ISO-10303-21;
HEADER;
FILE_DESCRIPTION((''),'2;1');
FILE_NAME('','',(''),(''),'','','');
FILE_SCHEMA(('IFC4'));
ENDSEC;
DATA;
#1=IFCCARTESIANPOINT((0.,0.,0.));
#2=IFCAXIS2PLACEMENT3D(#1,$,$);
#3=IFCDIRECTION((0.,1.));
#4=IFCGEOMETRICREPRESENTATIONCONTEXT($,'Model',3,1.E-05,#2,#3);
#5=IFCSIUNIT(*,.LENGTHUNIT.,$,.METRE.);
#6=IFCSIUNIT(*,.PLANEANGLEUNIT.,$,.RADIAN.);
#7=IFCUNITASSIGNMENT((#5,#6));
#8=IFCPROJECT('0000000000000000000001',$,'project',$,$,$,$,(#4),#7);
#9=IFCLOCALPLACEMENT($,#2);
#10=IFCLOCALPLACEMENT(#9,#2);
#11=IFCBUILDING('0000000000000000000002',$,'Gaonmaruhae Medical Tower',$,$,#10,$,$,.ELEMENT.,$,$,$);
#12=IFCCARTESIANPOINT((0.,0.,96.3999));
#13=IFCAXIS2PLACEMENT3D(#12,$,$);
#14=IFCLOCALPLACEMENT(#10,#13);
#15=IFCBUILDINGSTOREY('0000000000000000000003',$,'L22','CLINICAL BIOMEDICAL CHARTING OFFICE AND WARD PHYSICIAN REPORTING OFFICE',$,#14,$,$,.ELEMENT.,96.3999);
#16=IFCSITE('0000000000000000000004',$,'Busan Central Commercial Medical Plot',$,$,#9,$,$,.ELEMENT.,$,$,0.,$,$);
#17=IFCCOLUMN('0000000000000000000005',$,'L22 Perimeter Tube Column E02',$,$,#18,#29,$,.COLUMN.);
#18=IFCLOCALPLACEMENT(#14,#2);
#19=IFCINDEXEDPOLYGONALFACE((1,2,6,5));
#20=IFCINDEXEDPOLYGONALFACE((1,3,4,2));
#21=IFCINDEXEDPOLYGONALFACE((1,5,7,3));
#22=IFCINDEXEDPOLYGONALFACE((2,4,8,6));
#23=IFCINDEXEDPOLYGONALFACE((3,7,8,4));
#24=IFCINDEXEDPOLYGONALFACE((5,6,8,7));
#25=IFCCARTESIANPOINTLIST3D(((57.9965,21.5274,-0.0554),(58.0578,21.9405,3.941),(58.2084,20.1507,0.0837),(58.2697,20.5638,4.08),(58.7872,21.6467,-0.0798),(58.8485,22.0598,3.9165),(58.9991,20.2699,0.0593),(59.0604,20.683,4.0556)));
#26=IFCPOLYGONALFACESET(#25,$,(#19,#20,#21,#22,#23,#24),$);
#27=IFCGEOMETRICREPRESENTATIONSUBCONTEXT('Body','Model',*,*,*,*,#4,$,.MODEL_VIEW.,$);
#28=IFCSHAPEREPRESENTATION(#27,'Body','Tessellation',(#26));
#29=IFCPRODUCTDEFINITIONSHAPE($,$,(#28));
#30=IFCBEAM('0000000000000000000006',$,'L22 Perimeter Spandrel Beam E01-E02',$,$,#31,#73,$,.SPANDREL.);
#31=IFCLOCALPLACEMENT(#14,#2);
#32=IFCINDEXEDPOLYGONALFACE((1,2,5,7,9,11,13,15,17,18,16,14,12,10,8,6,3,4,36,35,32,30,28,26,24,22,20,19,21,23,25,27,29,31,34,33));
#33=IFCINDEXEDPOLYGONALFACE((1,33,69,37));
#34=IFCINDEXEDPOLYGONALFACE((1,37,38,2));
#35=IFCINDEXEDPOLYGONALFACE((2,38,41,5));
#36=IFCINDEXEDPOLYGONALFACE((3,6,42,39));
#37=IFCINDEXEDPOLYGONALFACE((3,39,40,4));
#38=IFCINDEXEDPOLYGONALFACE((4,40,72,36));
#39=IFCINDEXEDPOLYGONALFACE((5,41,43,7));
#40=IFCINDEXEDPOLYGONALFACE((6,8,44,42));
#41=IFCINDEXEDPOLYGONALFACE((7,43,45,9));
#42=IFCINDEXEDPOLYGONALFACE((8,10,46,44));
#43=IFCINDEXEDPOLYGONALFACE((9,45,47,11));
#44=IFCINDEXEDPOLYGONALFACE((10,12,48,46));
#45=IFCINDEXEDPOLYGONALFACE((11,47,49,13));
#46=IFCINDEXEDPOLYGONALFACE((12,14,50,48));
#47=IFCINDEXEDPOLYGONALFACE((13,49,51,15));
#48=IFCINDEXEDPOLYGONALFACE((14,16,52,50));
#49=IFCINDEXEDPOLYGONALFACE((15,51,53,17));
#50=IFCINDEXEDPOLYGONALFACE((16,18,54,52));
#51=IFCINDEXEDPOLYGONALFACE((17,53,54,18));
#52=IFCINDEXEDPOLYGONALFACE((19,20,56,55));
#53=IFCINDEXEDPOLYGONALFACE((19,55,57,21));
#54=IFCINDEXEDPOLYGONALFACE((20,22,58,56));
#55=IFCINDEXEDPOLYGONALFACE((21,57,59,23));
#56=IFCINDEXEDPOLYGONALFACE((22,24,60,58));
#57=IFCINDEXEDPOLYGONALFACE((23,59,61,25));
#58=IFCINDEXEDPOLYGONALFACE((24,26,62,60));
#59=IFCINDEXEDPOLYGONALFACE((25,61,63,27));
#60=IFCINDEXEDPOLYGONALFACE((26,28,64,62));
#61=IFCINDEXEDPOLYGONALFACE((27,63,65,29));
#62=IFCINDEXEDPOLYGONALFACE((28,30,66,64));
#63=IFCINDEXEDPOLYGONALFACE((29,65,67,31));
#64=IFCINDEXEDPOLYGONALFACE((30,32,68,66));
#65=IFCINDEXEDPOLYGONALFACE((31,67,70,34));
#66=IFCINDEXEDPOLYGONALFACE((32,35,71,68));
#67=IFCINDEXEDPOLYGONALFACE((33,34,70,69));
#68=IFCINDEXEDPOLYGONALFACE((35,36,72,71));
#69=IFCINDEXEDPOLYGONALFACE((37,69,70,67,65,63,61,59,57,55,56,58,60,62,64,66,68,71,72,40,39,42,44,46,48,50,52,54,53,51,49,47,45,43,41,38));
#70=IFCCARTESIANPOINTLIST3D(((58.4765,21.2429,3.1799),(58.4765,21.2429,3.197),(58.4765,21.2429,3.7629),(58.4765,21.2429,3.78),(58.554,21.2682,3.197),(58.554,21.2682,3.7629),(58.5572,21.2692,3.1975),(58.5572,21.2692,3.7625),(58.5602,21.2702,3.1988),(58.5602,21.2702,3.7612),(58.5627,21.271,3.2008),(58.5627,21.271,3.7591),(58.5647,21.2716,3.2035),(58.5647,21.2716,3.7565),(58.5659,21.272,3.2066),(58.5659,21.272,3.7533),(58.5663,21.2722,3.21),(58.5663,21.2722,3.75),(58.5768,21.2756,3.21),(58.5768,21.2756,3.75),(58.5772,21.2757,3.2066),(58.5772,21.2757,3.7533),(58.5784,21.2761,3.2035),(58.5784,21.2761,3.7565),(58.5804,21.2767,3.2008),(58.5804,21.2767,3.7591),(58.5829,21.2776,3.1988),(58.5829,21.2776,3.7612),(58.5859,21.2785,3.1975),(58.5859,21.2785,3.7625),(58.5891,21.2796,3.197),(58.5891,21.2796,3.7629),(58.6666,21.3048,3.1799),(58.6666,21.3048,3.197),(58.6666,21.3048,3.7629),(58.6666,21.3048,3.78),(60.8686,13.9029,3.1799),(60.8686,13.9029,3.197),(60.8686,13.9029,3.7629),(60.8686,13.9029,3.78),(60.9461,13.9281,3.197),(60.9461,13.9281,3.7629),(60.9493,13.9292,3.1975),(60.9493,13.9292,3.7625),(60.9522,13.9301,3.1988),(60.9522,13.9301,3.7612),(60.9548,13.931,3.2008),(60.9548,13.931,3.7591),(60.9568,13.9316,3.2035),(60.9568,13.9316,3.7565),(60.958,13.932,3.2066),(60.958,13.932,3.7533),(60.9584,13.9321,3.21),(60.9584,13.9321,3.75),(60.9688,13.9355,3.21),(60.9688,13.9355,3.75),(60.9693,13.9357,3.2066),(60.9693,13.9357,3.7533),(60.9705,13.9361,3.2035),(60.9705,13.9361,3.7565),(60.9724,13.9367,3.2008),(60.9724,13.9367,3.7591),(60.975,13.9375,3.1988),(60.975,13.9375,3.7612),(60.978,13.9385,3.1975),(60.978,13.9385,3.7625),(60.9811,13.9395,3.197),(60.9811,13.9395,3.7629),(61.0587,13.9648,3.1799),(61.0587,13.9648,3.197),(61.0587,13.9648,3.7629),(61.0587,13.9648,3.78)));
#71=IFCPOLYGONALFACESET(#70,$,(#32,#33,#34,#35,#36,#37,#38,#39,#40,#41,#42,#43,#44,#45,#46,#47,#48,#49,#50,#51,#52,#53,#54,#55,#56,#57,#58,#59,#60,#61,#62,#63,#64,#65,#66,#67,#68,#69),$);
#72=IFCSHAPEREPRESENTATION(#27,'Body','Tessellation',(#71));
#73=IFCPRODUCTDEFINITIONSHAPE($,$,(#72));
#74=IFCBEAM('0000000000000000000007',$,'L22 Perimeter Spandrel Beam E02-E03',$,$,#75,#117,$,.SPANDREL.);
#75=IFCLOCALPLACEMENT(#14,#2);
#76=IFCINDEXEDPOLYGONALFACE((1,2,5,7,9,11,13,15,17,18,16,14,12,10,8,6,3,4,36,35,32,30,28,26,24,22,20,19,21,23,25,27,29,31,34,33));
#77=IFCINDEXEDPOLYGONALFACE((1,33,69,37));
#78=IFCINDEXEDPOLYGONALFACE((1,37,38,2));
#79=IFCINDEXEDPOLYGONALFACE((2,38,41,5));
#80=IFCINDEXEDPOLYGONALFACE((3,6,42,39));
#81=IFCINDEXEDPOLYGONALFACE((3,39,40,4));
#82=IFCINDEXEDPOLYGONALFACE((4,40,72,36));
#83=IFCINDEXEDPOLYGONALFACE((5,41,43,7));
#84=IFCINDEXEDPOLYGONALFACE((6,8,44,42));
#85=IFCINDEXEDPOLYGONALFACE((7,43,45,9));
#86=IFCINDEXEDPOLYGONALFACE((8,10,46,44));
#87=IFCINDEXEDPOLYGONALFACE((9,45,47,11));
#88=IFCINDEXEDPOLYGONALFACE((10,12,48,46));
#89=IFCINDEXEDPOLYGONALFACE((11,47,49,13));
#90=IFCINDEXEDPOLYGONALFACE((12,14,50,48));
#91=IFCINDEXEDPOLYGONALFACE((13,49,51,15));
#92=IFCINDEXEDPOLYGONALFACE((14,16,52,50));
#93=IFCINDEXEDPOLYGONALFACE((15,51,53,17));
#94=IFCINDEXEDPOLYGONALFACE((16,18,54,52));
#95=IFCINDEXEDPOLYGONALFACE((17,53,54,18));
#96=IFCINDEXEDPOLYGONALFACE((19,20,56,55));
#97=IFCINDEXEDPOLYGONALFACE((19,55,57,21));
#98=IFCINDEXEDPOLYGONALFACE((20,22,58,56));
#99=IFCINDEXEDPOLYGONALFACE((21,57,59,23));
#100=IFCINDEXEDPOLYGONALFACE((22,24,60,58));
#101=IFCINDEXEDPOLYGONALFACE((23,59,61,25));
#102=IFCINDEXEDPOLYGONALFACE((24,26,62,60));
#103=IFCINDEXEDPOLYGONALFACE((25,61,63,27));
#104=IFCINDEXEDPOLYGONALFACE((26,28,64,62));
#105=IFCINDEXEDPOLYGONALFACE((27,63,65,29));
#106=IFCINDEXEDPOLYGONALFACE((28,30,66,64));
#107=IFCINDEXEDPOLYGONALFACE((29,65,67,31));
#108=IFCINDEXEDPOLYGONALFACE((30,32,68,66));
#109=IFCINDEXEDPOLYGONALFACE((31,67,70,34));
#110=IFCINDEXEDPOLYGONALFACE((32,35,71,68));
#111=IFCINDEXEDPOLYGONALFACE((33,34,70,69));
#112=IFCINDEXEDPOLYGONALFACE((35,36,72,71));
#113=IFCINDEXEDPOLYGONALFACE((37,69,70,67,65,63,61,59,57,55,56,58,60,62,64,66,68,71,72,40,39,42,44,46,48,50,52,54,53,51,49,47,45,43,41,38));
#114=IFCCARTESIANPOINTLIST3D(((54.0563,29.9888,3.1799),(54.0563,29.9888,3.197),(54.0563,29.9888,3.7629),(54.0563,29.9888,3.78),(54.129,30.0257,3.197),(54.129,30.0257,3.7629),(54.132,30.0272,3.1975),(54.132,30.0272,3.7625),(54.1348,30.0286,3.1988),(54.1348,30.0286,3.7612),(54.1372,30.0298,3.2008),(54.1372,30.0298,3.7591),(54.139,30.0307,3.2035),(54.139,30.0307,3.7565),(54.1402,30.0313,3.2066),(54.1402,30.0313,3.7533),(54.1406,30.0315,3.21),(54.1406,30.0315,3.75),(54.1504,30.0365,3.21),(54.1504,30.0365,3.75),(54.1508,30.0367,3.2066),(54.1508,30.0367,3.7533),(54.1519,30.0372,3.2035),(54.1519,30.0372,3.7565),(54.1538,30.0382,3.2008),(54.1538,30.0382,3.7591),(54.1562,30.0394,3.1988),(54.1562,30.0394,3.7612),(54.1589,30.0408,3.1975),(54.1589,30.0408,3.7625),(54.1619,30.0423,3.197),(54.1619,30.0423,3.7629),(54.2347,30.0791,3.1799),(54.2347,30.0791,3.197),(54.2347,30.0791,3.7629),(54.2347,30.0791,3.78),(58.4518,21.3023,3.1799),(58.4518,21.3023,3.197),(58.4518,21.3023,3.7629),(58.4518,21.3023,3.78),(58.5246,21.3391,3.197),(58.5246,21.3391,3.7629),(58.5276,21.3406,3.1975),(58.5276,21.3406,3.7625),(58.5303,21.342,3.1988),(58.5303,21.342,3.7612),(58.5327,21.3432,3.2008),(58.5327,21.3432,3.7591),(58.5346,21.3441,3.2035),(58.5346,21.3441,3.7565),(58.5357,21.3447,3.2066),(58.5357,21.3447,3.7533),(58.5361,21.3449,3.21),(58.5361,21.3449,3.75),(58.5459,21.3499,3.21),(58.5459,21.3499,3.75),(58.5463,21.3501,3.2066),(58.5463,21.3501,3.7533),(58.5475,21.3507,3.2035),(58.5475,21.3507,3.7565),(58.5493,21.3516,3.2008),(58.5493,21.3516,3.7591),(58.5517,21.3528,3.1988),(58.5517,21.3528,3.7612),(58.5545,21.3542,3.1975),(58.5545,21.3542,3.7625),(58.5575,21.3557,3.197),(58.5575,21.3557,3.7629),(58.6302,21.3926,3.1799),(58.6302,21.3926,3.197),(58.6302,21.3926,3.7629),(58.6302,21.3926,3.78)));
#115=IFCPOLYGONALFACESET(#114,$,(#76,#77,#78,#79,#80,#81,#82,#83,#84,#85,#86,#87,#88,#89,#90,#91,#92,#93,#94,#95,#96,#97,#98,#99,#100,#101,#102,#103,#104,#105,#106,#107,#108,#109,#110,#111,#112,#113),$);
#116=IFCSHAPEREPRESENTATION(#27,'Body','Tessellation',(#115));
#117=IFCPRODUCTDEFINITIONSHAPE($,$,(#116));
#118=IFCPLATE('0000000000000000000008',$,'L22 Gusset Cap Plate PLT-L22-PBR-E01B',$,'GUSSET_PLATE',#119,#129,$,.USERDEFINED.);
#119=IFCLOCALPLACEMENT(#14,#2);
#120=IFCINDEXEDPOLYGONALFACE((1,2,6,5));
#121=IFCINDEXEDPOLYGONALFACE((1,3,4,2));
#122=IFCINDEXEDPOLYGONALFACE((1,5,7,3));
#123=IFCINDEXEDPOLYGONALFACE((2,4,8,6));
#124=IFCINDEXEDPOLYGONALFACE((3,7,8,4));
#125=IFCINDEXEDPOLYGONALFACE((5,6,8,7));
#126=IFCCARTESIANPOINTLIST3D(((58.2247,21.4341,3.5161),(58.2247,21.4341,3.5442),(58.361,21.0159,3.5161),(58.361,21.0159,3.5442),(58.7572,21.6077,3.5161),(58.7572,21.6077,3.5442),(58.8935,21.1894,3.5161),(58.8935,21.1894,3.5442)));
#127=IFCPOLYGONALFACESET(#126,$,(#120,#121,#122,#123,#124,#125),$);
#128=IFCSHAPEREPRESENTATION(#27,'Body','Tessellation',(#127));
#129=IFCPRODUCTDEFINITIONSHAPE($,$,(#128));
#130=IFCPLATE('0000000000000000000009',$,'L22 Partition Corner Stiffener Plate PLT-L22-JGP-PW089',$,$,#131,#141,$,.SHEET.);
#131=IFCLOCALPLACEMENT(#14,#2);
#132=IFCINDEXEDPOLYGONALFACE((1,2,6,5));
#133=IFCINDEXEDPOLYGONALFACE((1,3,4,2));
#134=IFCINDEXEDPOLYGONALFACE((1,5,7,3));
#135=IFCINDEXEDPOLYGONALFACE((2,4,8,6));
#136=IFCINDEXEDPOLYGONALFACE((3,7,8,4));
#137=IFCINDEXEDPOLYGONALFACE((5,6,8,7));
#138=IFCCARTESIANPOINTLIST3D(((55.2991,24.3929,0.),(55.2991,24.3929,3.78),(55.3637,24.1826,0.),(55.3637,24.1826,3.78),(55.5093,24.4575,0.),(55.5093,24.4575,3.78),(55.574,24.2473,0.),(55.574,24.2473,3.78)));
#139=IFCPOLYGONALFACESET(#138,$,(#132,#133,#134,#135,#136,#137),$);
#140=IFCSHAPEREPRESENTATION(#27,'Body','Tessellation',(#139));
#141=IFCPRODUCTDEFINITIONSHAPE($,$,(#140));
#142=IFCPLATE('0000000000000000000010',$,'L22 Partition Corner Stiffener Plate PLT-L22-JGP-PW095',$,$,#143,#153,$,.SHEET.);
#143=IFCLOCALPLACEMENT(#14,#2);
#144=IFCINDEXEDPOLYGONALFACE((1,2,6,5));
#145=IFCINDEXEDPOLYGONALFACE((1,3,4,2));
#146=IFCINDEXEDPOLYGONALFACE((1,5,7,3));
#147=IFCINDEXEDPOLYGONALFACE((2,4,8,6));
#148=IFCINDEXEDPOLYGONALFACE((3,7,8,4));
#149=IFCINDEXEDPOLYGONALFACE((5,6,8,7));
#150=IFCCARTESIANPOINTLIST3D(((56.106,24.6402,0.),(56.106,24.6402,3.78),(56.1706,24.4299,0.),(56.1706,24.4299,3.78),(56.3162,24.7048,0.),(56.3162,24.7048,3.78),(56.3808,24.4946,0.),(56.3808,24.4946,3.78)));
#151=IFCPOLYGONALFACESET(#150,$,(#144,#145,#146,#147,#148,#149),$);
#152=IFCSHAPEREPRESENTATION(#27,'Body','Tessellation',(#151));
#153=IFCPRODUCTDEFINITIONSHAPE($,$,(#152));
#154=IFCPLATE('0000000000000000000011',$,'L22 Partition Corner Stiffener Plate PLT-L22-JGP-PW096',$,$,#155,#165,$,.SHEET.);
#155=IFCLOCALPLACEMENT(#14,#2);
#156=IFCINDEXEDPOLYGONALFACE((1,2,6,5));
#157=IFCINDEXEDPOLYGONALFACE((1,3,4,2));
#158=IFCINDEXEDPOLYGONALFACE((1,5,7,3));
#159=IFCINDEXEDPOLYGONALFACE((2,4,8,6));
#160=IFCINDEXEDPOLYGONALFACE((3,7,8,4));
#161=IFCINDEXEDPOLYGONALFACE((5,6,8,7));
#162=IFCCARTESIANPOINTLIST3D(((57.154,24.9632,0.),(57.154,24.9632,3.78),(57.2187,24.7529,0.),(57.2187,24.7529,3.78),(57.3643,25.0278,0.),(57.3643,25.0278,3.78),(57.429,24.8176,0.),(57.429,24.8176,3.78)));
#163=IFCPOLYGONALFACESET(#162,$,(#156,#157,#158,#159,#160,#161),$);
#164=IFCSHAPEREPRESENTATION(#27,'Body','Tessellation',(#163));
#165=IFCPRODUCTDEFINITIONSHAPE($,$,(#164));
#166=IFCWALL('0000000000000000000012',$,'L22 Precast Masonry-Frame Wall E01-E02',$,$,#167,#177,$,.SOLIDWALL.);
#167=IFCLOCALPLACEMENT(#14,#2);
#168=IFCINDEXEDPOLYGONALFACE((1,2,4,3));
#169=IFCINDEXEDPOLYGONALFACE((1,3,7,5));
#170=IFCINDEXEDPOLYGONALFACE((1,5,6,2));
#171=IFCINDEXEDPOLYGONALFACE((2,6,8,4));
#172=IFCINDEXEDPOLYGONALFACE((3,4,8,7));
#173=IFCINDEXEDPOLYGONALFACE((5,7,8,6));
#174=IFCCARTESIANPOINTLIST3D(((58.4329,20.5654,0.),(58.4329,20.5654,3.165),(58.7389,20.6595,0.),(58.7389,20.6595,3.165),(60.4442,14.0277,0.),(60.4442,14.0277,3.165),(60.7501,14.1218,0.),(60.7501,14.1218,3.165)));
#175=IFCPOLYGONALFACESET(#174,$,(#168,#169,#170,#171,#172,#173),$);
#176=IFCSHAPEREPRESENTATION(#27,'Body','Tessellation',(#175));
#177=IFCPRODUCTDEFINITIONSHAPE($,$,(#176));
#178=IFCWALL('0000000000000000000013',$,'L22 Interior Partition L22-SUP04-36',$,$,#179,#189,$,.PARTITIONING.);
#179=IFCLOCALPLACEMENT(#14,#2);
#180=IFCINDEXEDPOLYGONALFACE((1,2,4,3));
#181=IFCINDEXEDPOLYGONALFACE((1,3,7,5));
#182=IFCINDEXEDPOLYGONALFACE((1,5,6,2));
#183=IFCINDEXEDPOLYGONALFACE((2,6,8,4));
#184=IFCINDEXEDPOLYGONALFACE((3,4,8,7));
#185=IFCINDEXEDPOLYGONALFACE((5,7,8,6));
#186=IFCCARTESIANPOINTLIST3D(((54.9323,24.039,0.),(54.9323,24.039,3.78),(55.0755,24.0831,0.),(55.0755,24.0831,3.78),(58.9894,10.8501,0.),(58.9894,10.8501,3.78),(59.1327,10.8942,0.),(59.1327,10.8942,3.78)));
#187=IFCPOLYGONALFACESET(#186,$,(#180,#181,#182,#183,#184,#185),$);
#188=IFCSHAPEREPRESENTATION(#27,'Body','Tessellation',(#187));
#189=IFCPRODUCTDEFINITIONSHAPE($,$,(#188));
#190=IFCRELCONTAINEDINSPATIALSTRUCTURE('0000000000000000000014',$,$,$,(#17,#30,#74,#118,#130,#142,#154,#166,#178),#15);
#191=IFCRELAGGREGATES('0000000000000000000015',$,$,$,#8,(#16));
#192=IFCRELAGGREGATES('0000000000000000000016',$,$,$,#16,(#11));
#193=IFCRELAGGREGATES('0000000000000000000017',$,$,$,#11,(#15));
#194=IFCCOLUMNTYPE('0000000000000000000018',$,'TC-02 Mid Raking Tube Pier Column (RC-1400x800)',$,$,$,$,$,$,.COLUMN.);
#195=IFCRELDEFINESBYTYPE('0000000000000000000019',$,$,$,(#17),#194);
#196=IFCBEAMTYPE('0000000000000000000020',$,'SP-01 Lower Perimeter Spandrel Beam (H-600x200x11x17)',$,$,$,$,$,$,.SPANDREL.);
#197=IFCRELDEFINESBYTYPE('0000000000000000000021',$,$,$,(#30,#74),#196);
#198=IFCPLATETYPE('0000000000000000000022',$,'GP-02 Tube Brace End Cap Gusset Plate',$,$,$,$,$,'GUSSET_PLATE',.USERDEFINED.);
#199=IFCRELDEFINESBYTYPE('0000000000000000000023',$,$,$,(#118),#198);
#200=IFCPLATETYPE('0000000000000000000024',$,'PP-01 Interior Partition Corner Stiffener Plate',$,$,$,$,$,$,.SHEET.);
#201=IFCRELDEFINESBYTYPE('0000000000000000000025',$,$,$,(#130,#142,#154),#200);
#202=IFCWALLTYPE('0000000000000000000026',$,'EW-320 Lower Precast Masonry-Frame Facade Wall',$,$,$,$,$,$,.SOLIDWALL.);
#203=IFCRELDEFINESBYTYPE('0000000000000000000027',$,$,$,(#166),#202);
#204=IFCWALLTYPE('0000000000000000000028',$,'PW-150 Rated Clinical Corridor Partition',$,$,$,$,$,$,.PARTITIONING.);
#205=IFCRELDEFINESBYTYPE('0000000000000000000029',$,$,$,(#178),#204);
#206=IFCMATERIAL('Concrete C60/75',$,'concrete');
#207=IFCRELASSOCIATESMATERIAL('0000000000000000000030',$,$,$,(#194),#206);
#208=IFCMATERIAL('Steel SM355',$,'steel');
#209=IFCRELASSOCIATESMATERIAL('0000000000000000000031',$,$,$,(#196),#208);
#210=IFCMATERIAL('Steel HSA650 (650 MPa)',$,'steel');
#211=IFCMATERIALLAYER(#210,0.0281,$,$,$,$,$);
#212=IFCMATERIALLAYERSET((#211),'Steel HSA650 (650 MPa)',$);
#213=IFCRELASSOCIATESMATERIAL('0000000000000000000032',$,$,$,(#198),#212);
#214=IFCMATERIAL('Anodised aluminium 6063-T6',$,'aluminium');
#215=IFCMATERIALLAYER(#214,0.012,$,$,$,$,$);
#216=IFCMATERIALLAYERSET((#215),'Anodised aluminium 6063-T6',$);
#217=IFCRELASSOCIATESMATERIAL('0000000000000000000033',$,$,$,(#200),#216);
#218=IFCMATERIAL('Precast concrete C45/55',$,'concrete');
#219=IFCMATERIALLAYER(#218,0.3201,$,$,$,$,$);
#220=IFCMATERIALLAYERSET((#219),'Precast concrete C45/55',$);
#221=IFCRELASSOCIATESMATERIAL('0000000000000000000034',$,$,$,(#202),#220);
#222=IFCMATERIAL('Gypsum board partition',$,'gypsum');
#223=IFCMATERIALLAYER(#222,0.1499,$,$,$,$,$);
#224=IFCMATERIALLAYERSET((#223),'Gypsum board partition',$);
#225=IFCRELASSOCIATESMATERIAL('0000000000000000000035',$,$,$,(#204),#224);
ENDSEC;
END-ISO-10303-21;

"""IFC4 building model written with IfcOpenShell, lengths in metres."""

from ifc_helpers import new_model, si_unit, direction, frame, frame_2d, origin, origin_2d, place, context, subcontext, project, spatial, rectangle, i_section, extrude, material, layer, layer_set, material_profile, profile_set, type_object, element, save


model = new_model("IFC4")

# Units and contexts
model_context = context("Model", 3, precision=1e-05, world=origin(), true_north=direction((0.0, 1.0)))
body_context = subcontext(model_context, "Body", "Model", "MODEL_VIEW")
ifc_project = project(units=[si_unit("LENGTHUNIT", "METRE"), si_unit("PLANEANGLEUNIT", "RADIAN")], contexts=[model_context])

# Site, building, storey
site_placement = place(None, origin())
site = spatial("IfcSite", under=ifc_project, at=site_placement, Name="Busan Central Commercial Medical Plot", CompositionType="ELEMENT", RefElevation=0.0)
building_placement = place(site_placement, origin())
building = spatial("IfcBuilding", under=site, at=building_placement, Name="Gaonmaruhae Medical Tower", CompositionType="ELEMENT")
storey_placement = place(building_placement, frame((0.0, 0.0, 96.3999)))
storey = spatial("IfcBuildingStorey", under=building, at=storey_placement, Name="L22", Description="CLINICAL BIOMEDICAL CHARTING OFFICE AND WARD PHYSICIAN REPORTING OFFICE", CompositionType="ELEMENT", Elevation=96.3999)

# Column
ifc_material_1 = material(Name="Concrete C60/75", Category="concrete")
ifc_material_profile_1 = material_profile(ifc_material_1, rectangle(XDim=1.3999, YDim=0.8, at=origin_2d()), Name="RC-1400x800")
ifc_profile_set_1 = profile_set([ifc_material_profile_1], Name="Concrete C60/75")
column_type = type_object("IfcColumnType", Name="TC-02 Mid Raking Tube Pier Column (RC-1400x800)", PredefinedType="COLUMN", material=ifc_profile_set_1)
column_placement = place(storey_placement, frame((58.4978, 20.8987, 0.002), z_axis=(0.015251, 0.102806, 0.994584), x_axis=(0.151364, -0.983474, 0.099337)))
element("IfcColumn", 1, at=column_placement, inside=storey, type_object=column_type, Name="L22 Perimeter Tube Column E02", PredefinedType="COLUMN", context=body_context, shape_type="SweptSolid", body=[
    extrude(rectangle(XDim=1.3999, YDim=0.8, at=origin_2d()), origin(), (0.0, 0.0, 1.0), 4.0181),
])

# Beams
ifc_material_2 = material(Name="Steel SM355", Category="steel")
ifc_material_profile_2 = material_profile(ifc_material_2, i_section(OverallWidth=0.2, OverallDepth=0.6001, WebThickness=0.011, FlangeThickness=0.0171, FilletRadius=0.0129, at=origin_2d()), Name="H-600x200x11x17")
ifc_profile_set_2 = profile_set([ifc_material_profile_2], Name="Steel SM355")
beam_type = type_object("IfcBeamType", Name="SP-01 Lower Perimeter Spandrel Beam (H-600x200x11x17)", PredefinedType="SPANDREL", material=ifc_profile_set_2)
beam_1_placement = place(storey_placement, frame((60.9636, 13.9338, 3.48), z_axis=(-0.309855, 0.950784, 0.0), x_axis=(-0.950784, -0.309855, 0.0)))
element("IfcBeam", 2, at=beam_1_placement, inside=storey, type_object=beam_type, Name="L22 Perimeter Spandrel Beam E01-E02", PredefinedType="SPANDREL", context=body_context, shape_type="SweptSolid", body=[
    extrude(i_section(OverallWidth=0.2, OverallDepth=0.6001, WebThickness=0.011, FlangeThickness=0.0171, FilletRadius=0.0129, at=origin_2d()), origin(), (0.0, 0.0, 1.0), 7.72),
])
beam_2_placement = place(storey_placement, frame((58.541, 21.3474, 3.48), z_axis=(-0.451502, 0.89227, 0.0), x_axis=(-0.89227, -0.451502, 0.0)))
element("IfcBeam", 3, at=beam_2_placement, inside=storey, type_object=beam_type, Name="L22 Perimeter Spandrel Beam E02-E03", PredefinedType="SPANDREL", context=body_context, shape_type="SweptSolid", body=[
    extrude(i_section(OverallWidth=0.2, OverallDepth=0.6001, WebThickness=0.011, FlangeThickness=0.0171, FilletRadius=0.0129, at=origin_2d()), origin(), (0.0, 0.0, 1.0), 9.7354),
])

# Plates
ifc_material_3 = material(Name="Steel HSA650 (650 MPa)", Category="steel")
ifc_layer_1 = layer(ifc_material_3, 0.0281)
ifc_layer_set_1 = layer_set([ifc_layer_1], Name="Steel HSA650 (650 MPa)")
plate_type_1 = type_object("IfcPlateType", Name="GP-02 Tube Brace End Cap Gusset Plate", ElementType="GUSSET_PLATE", PredefinedType="USERDEFINED", material=ifc_layer_set_1)
plate_placement = place(storey_placement, frame((58.5591, 21.3118, 3.5161), z_axis=(0.0, 0.0, 1.0), x_axis=(0.950786, 0.309847, 0.0)))
element("IfcPlate", 4, at=plate_placement, inside=storey, type_object=plate_type_1, Name="L22 Gusset Cap Plate PLT-L22-PBR-E01B", ObjectType="GUSSET_PLATE", PredefinedType="USERDEFINED", context=body_context, shape_type="SweptSolid", body=[
    extrude(rectangle(XDim=0.5601, YDim=0.4399, at=origin_2d()), origin(), (0.0, 0.0, 1.0), 0.0281),
])
ifc_material_4 = material(Name="Anodised aluminium 6063-T6", Category="aluminium")
ifc_layer_2 = layer(ifc_material_4, 0.012)
ifc_layer_set_2 = layer_set([ifc_layer_2], Name="Anodised aluminium 6063-T6")
plate_type_2 = type_object("IfcPlateType", Name="PP-01 Interior Partition Corner Stiffener Plate", PredefinedType="SHEET", material=ifc_layer_set_2)
for number, where, z_axis, x_axis, name in (
    (5, (55.4365, 24.3201, 0.0), (0.0, 0.0, 1.0), (0.955865, 0.293807, 0.0), "L22 Partition Corner Stiffener Plate PLT-L22-JGP-PW089"),
    (6, (56.2434, 24.5674, 0.0), (0.0, 0.0, 1.0), (0.95589, 0.293723, 0.0), "L22 Partition Corner Stiffener Plate PLT-L22-JGP-PW095"),
    (7, (57.2915, 24.8904, 0.0), (0.0, 0.0, 1.0), (0.955798, 0.294024, 0.0), "L22 Partition Corner Stiffener Plate PLT-L22-JGP-PW096"),
):
    element("IfcPlate", number, at=place(storey_placement, frame(where, z_axis=z_axis, x_axis=x_axis)), inside=storey, type_object=plate_type_2, Name=name, PredefinedType="SHEET", context=body_context, shape_type="SweptSolid", body=[
        extrude(rectangle(XDim=0.22, YDim=0.22, at=origin_2d()), origin(), (0.0, 0.0, 1.0), 3.78),
    ])

# Walls
ifc_material_5 = material(Name="Precast concrete C45/55", Category="concrete")
ifc_layer_3 = layer(ifc_material_5, 0.3201)
ifc_layer_set_3 = layer_set([ifc_layer_3], Name="Precast concrete C45/55")
wall_type_1 = type_object("IfcWallType", Name="EW-320 Lower Precast Masonry-Frame Facade Wall", PredefinedType="SOLIDWALL", material=ifc_layer_set_3)
wall_1_placement = place(storey_placement, frame((58.5859, 20.6123, 0.0), z_axis=(0.0, 0.0, 1.0), x_axis=(0.294041, -0.955793, 0.0)))
element("IfcWall", 8, at=wall_1_placement, inside=storey, type_object=wall_type_1, Name="L22 Precast Masonry-Frame Wall E01-E02", PredefinedType="SOLIDWALL", context=body_context, shape_type="SweptSolid", body=[
    extrude(rectangle(XDim=6.8401, YDim=0.3201, at=frame_2d((3.4199, 0.0))), origin(), (0.0, 0.0, 1.0), 3.165),
])
ifc_material_6 = material(Name="Gypsum board partition", Category="gypsum")
ifc_layer_4 = layer(ifc_material_6, 0.1499)
ifc_layer_set_4 = layer_set([ifc_layer_4], Name="Gypsum board partition")
wall_type_2 = type_object("IfcWallType", Name="PW-150 Rated Clinical Corridor Partition", PredefinedType="PARTITIONING", material=ifc_layer_set_4)
wall_2_placement = place(storey_placement, frame((55.0039, 24.061, 0.0), z_axis=(0.0, 0.0, 1.0), x_axis=(0.294019, -0.9558, 0.0)))
element("IfcWall", 9, at=wall_2_placement, inside=storey, type_object=wall_type_2, Name="L22 Interior Partition L22-SUP04-36", PredefinedType="PARTITIONING", context=body_context, shape_type="SweptSolid", body=[
    extrude(rectangle(XDim=13.7988, YDim=0.1499, at=frame_2d((6.8994, 0.0))), origin(), (0.0, 0.0, 1.0), 3.78),
])

save(model, "model.ifc")
